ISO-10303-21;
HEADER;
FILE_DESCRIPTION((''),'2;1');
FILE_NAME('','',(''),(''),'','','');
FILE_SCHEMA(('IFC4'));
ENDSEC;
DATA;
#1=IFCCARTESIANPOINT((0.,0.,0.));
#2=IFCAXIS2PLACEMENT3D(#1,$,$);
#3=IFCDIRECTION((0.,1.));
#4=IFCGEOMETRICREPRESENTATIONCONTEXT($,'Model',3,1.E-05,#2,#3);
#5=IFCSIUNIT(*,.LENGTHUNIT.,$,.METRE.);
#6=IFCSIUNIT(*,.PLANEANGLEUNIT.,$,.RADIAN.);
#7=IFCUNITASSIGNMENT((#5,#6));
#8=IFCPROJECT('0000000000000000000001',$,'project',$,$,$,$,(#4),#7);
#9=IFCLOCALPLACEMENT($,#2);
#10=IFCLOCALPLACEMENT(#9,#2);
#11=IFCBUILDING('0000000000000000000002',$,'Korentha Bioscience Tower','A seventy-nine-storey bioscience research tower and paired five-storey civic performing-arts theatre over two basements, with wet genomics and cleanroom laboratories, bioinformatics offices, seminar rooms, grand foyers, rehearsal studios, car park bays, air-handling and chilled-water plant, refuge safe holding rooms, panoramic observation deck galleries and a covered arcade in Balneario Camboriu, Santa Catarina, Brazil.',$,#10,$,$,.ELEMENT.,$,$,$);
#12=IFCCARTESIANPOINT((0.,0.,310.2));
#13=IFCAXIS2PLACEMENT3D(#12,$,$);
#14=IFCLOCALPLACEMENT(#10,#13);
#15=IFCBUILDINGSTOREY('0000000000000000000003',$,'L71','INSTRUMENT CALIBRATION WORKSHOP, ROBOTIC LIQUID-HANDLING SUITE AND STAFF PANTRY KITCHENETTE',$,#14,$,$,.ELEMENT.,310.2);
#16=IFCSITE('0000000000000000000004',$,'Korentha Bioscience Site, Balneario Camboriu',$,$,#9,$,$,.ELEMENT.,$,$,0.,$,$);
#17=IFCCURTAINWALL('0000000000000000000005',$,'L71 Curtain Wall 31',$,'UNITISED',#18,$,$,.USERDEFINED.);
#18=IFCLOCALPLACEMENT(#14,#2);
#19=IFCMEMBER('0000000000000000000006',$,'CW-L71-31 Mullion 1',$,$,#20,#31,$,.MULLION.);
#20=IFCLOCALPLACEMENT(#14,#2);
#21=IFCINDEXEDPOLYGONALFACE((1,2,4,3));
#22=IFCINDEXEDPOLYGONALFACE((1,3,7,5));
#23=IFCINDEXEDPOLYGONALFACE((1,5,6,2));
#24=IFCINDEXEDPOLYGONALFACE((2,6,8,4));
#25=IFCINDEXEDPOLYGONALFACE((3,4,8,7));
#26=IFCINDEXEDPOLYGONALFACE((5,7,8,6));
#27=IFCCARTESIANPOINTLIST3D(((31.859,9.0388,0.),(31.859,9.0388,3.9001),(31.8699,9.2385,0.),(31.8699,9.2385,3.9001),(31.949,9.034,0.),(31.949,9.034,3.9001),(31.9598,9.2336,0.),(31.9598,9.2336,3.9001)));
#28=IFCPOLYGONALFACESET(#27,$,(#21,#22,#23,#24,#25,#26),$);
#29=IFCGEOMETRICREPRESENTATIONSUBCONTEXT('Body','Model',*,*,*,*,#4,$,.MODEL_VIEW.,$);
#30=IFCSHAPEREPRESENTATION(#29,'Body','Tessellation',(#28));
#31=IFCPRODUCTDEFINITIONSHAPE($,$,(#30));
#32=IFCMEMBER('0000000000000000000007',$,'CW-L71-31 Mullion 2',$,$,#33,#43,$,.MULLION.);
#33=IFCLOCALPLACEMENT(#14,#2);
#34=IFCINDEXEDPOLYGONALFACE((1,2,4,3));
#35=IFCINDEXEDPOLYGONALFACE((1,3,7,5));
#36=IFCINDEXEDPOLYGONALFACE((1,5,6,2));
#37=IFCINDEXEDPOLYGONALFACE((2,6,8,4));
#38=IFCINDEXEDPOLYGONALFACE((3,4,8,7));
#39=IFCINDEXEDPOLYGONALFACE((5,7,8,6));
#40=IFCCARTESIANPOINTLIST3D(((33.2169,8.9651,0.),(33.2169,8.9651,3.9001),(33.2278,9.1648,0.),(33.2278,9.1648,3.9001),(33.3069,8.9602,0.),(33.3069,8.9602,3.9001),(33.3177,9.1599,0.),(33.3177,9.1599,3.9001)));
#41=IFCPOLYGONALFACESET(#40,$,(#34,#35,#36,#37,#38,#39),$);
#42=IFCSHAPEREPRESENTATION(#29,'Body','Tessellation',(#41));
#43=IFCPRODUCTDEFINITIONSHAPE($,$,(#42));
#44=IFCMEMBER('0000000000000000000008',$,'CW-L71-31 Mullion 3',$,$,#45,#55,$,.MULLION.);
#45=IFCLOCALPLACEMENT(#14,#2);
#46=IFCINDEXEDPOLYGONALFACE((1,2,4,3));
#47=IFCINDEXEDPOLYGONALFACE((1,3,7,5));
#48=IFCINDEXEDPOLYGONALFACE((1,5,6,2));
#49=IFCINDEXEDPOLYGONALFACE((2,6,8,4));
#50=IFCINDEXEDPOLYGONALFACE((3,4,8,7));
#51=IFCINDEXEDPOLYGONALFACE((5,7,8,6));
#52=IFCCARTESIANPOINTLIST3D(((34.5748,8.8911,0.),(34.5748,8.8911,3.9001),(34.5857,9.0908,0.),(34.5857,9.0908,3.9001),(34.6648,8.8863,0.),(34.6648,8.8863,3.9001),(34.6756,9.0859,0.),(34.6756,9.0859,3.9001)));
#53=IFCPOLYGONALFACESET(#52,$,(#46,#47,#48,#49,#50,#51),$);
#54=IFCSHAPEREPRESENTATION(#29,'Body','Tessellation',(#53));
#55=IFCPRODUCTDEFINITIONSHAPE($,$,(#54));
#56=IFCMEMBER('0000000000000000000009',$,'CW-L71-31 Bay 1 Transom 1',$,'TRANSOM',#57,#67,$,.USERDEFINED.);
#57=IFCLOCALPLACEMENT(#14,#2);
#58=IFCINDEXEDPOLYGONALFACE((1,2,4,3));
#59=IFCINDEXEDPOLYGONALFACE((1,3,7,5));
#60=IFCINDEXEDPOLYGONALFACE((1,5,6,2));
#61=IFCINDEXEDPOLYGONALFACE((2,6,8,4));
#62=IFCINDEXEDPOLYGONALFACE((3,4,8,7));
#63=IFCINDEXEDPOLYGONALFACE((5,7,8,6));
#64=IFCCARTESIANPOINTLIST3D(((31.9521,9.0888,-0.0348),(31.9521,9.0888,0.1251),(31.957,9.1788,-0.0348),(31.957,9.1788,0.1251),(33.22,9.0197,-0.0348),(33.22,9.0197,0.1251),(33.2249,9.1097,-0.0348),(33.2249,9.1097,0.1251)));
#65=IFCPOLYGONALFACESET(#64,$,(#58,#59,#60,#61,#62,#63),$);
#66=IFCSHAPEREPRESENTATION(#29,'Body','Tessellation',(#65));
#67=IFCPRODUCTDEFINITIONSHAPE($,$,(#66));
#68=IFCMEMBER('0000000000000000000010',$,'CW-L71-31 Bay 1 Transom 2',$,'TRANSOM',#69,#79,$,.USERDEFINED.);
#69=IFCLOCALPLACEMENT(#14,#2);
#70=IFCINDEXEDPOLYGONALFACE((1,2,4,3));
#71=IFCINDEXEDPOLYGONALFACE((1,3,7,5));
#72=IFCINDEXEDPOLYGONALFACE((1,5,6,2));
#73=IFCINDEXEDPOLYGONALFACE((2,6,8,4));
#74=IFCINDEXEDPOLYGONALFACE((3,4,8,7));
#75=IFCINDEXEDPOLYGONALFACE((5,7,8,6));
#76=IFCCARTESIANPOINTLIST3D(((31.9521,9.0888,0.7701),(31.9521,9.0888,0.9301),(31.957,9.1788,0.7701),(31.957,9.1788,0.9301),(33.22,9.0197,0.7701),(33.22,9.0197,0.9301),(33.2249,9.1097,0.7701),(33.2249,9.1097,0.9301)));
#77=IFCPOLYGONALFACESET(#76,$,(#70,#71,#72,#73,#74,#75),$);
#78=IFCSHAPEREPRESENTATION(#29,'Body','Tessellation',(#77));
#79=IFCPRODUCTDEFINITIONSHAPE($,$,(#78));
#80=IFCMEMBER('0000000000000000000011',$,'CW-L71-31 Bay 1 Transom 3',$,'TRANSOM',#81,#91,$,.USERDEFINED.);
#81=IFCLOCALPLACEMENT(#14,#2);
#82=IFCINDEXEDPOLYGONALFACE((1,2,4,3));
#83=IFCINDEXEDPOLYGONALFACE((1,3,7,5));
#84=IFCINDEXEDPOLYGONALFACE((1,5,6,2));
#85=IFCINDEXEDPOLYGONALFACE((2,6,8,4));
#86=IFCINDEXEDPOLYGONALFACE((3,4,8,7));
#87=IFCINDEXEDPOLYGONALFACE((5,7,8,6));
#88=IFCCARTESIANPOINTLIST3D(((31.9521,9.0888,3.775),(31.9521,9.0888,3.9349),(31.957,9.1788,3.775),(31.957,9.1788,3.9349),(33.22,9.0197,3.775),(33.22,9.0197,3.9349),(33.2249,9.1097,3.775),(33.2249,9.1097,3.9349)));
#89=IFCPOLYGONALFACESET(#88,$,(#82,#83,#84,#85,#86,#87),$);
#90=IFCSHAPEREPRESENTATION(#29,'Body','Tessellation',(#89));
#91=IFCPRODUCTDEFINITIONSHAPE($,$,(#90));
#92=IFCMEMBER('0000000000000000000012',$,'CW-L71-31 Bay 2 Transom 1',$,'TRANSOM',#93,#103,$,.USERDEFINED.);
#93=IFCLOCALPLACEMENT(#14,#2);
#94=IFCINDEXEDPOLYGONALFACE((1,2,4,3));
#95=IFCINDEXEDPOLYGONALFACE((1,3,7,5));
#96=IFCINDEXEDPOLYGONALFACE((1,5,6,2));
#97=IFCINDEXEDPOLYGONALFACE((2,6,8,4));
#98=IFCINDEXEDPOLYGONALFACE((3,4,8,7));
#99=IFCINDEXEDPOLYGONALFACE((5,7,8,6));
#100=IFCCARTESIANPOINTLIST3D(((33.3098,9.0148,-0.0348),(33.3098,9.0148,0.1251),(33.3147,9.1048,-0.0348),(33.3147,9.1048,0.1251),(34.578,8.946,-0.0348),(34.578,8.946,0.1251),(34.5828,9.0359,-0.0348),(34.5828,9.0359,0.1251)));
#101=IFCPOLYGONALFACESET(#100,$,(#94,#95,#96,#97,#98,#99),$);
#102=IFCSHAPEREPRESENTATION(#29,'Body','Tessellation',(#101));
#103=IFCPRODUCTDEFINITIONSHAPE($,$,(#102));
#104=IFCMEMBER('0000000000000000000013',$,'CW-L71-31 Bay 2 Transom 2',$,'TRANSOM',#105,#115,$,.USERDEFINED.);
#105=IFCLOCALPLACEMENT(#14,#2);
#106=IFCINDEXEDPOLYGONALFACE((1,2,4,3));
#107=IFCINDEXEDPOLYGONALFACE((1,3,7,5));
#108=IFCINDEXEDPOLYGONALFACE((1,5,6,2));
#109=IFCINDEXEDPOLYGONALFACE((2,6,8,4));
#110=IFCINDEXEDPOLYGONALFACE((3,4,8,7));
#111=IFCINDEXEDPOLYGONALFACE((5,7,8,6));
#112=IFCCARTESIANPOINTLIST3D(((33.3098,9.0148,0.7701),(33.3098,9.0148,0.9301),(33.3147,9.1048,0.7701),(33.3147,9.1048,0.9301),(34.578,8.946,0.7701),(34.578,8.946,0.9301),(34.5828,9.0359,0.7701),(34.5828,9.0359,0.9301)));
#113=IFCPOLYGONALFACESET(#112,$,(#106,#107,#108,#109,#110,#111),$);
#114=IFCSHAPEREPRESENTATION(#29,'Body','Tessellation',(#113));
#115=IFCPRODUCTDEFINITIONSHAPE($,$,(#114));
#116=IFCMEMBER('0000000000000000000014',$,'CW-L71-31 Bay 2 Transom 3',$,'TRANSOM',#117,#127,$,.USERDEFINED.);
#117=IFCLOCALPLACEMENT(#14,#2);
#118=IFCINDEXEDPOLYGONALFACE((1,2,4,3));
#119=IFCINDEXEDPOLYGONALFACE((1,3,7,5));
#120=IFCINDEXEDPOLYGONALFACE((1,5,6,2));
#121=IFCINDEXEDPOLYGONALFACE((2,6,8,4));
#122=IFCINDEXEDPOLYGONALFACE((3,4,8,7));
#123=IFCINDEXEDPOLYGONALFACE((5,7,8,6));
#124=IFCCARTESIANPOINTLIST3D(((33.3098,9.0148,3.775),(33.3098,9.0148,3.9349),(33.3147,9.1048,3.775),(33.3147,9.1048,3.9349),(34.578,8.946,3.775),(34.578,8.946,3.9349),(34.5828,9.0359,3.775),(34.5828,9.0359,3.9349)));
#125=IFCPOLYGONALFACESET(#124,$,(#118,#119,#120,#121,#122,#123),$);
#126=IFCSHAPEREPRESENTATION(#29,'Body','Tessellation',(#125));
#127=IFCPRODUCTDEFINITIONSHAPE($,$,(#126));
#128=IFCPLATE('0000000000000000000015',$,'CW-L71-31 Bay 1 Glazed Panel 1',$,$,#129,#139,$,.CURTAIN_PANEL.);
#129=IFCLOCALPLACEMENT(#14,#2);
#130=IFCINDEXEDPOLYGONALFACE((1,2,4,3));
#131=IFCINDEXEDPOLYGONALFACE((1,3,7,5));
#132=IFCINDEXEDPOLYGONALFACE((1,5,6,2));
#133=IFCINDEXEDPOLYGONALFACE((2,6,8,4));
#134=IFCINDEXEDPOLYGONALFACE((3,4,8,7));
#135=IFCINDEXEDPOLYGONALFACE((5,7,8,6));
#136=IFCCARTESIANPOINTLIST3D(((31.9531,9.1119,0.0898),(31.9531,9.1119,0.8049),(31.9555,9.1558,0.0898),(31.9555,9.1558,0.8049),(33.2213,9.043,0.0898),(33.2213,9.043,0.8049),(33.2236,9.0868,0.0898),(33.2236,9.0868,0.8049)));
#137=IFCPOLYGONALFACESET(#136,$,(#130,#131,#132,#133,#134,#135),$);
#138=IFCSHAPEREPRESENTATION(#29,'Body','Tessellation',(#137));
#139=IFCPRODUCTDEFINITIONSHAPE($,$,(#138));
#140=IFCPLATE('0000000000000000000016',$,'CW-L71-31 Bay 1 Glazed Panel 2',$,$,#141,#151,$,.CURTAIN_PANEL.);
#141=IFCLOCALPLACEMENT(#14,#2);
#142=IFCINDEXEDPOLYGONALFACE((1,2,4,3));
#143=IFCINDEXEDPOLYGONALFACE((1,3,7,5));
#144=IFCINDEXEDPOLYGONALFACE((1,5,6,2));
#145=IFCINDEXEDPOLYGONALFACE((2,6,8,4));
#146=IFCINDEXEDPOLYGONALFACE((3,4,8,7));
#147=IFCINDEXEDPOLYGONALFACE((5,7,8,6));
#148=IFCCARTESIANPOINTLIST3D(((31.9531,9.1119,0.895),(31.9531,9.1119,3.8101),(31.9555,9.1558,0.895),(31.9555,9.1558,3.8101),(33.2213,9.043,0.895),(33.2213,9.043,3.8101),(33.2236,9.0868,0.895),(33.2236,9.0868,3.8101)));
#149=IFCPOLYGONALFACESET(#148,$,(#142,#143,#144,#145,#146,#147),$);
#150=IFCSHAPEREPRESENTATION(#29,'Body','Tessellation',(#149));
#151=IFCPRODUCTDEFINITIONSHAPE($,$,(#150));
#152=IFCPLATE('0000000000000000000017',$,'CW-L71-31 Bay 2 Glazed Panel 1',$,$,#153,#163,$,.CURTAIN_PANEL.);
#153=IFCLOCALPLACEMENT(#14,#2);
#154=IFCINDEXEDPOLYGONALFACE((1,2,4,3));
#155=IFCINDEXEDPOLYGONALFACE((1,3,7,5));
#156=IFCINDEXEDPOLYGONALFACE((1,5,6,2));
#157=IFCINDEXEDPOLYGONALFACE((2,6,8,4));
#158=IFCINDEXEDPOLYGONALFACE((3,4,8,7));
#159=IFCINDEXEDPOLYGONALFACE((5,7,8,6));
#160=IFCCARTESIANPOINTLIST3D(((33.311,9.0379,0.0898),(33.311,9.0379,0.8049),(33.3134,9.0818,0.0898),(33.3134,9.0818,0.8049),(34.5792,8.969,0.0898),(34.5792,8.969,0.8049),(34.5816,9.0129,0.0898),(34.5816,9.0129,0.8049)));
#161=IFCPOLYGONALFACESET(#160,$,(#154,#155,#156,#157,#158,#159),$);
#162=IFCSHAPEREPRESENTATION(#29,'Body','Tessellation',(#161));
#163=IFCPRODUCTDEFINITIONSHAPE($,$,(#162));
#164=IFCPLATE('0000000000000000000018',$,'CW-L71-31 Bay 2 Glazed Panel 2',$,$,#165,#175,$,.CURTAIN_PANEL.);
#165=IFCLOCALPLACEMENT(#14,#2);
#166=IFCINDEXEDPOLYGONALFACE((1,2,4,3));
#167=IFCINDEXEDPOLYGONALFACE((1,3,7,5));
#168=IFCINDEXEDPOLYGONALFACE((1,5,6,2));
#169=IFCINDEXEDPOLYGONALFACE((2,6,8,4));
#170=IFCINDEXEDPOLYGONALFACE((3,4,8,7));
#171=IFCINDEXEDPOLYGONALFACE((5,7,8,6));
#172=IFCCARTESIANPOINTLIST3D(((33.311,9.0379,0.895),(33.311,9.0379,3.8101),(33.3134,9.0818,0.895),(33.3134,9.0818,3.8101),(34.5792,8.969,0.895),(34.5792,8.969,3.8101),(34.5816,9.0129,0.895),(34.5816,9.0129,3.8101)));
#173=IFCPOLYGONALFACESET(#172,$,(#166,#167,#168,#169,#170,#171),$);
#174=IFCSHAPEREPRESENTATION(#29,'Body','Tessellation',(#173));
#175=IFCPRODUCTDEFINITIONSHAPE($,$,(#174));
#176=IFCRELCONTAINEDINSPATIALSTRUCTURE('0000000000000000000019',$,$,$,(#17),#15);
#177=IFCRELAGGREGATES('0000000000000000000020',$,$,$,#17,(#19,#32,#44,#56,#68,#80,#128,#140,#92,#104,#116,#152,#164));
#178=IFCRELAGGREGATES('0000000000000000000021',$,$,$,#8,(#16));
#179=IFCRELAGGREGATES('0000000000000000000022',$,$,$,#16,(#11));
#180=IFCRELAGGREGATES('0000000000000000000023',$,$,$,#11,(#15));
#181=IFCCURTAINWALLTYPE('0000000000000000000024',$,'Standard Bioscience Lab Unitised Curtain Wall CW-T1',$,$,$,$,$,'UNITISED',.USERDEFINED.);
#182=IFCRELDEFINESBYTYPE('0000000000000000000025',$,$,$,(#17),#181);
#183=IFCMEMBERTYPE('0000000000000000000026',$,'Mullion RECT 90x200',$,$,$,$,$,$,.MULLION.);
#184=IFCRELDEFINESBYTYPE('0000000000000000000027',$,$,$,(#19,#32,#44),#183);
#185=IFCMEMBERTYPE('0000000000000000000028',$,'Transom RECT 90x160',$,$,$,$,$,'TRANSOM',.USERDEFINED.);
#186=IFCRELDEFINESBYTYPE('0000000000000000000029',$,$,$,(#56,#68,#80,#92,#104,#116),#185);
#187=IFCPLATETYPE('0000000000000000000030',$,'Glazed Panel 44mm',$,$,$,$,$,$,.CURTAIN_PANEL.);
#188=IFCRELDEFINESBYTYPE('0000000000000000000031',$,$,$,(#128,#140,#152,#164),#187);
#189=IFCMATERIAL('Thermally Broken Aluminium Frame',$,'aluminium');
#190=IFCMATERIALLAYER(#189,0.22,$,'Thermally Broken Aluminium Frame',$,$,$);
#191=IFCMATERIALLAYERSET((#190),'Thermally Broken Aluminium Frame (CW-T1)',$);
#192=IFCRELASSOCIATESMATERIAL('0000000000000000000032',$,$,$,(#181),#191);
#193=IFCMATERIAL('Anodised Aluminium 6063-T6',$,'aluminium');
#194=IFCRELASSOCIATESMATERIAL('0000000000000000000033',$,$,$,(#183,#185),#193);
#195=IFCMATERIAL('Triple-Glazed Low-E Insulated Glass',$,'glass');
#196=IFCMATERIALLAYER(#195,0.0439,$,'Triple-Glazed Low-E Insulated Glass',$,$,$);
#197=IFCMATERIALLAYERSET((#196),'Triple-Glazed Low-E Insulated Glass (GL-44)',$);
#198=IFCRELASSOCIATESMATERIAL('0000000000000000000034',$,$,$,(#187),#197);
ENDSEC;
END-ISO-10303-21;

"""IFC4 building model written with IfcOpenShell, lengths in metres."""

from ifc_helpers import new_model, si_unit, direction, frame, origin, origin_2d, place, context, subcontext, project, spatial, rectangle, extrude, material, layer, layer_set, material_profile, profile_set, type_object, element, aggregate, save


model = new_model("IFC4")

# Units and contexts
model_context = context("Model", 3, precision=1e-05, world=origin(), true_north=direction((0.0, 1.0)))
body_context = subcontext(model_context, "Body", "Model", "MODEL_VIEW")
ifc_project = project(units=[si_unit("LENGTHUNIT", "METRE"), si_unit("PLANEANGLEUNIT", "RADIAN")], contexts=[model_context])

# Site, building, storey
site_placement = place(None, origin())
site = spatial("IfcSite", under=ifc_project, at=site_placement, Name="Korentha Bioscience Site, Balneario Camboriu", CompositionType="ELEMENT", RefElevation=0.0)
building_placement = place(site_placement, origin())
building = spatial("IfcBuilding", under=site, at=building_placement, Name="Korentha Bioscience Tower", Description="A seventy-nine-storey bioscience research tower and paired five-storey civic performing-arts theatre over two basements, with wet genomics and cleanroom laboratories, bioinformatics offices, seminar rooms, grand foyers, rehearsal studios, car park bays, air-handling and chilled-water plant, refuge safe holding rooms, panoramic observation deck galleries and a covered arcade in Balneario Camboriu, Santa Catarina, Brazil.", CompositionType="ELEMENT")
storey_placement = place(building_placement, frame((0.0, 0.0, 310.2)))
storey = spatial("IfcBuildingStorey", under=building, at=storey_placement, Name="L71", Description="INSTRUMENT CALIBRATION WORKSHOP, ROBOTIC LIQUID-HANDLING SUITE AND STAFF PANTRY KITCHENETTE", CompositionType="ELEMENT", Elevation=310.2)

# Curtain wall, members, plates
ifc_material_1 = material(Name="Thermally Broken Aluminium Frame", Category="aluminium")
ifc_layer_1 = layer(ifc_material_1, 0.22, Name="Thermally Broken Aluminium Frame")
ifc_layer_set_1 = layer_set([ifc_layer_1], Name="Thermally Broken Aluminium Frame (CW-T1)")
curtain_wall_type = type_object("IfcCurtainWallType", Name="Standard Bioscience Lab Unitised Curtain Wall CW-T1", ElementType="UNITISED", PredefinedType="USERDEFINED", material=ifc_layer_set_1)
curtain_wall_placement = place(storey_placement, origin())
curtain_wall = element("IfcCurtainWall", 1, at=curtain_wall_placement, inside=storey, type_object=curtain_wall_type, Name="L71 Curtain Wall 31", ObjectType="UNITISED", PredefinedType="USERDEFINED")
ifc_material_2 = material(Name="Anodised Aluminium 6063-T6", Category="aluminium")
ifc_material_profile_1 = material_profile(ifc_material_2, rectangle(XDim=0.0901, YDim=0.2, at=origin_2d()), Name="Anodised Aluminium 6063-T6")
ifc_profile_set_1 = profile_set([ifc_material_profile_1], Name="Anodised Aluminium 6063-T6 (CW-MUL)")
member_type_1 = type_object("IfcMemberType", Name="Mullion RECT 90x200", PredefinedType="MULLION", material=ifc_profile_set_1)
member_1_placement = place(storey_placement, frame((31.9094, 9.1362, 0.0), z_axis=(0.0, 0.0, 1.0), x_axis=(0.998526, -0.054275, 0.0)))
member_1 = element("IfcMember", 2, at=member_1_placement, type_object=member_type_1, Name="CW-L71-31 Mullion 1", PredefinedType="MULLION", context=body_context, shape_type="SweptSolid", body=[
    extrude(rectangle(XDim=0.0901, YDim=0.2, at=origin_2d()), origin(), (0.0, 0.0, 1.0), 3.9001),
])
member_2_placement = place(storey_placement, frame((33.2673, 9.0625, 0.0), z_axis=(0.0, 0.0, 1.0), x_axis=(0.998526, -0.054275, 0.0)))
member_2 = element("IfcMember", 3, at=member_2_placement, type_object=member_type_1, Name="CW-L71-31 Mullion 2", PredefinedType="MULLION", context=body_context, shape_type="SweptSolid", body=[
    extrude(rectangle(XDim=0.0901, YDim=0.2, at=origin_2d()), origin(), (0.0, 0.0, 1.0), 3.9001),
])
member_3_placement = place(storey_placement, frame((34.6252, 8.9885, 0.0), z_axis=(0.0, 0.0, 1.0), x_axis=(0.998526, -0.054275, 0.0)))
member_3 = element("IfcMember", 4, at=member_3_placement, type_object=member_type_1, Name="CW-L71-31 Mullion 3", PredefinedType="MULLION", context=body_context, shape_type="SweptSolid", body=[
    extrude(rectangle(XDim=0.0901, YDim=0.2, at=origin_2d()), origin(), (0.0, 0.0, 1.0), 3.9001),
])
ifc_material_profile_2 = material_profile(ifc_material_2, rectangle(XDim=0.0901, YDim=0.1599, at=origin_2d()), Name="Anodised Aluminium 6063-T6")
ifc_profile_set_2 = profile_set([ifc_material_profile_2], Name="Anodised Aluminium 6063-T6 (CW-TRN)")
member_type_2 = type_object("IfcMemberType", Name="Transom RECT 90x160", ElementType="TRANSOM", PredefinedType="USERDEFINED", material=ifc_profile_set_2)
member_4_placement = place(storey_placement, frame((31.9546, 9.1338, 0.0452), z_axis=(0.998518, -0.054416, 0.0), x_axis=(0.054416, 0.998518, 0.0)))
member_4 = element("IfcMember", 5, at=member_4_placement, type_object=member_type_2, Name="CW-L71-31 Bay 1 Transom 1", ObjectType="TRANSOM", PredefinedType="USERDEFINED", context=body_context, shape_type="SweptSolid", body=[
    extrude(rectangle(XDim=0.0901, YDim=0.1599, at=origin_2d()), origin(), (0.0, 0.0, 1.0), 1.2698),
])
member_5_placement = place(storey_placement, frame((31.9546, 9.1338, 0.8501), z_axis=(0.998518, -0.054416, 0.0), x_axis=(0.054416, 0.998518, 0.0)))
member_5 = element("IfcMember", 6, at=member_5_placement, type_object=member_type_2, Name="CW-L71-31 Bay 1 Transom 2", ObjectType="TRANSOM", PredefinedType="USERDEFINED", context=body_context, shape_type="SweptSolid", body=[
    extrude(rectangle(XDim=0.0901, YDim=0.1599, at=origin_2d()), origin(), (0.0, 0.0, 1.0), 1.2698),
])
member_6_placement = place(storey_placement, frame((31.9546, 9.1338, 3.855), z_axis=(0.998518, -0.054416, 0.0), x_axis=(0.054416, 0.998518, 0.0)))
member_6 = element("IfcMember", 7, at=member_6_placement, type_object=member_type_2, Name="CW-L71-31 Bay 1 Transom 3", ObjectType="TRANSOM", PredefinedType="USERDEFINED", context=body_context, shape_type="SweptSolid", body=[
    extrude(rectangle(XDim=0.0901, YDim=0.1599, at=origin_2d()), origin(), (0.0, 0.0, 1.0), 1.2698),
])
member_7_placement = place(storey_placement, frame((33.3123, 9.0598, 0.0452), z_axis=(0.998529, -0.054214, 0.0), x_axis=(0.054214, 0.998529, 0.0)))
member_7 = element("IfcMember", 8, at=member_7_placement, type_object=member_type_2, Name="CW-L71-31 Bay 2 Transom 1", ObjectType="TRANSOM", PredefinedType="USERDEFINED", context=body_context, shape_type="SweptSolid", body=[
    extrude(rectangle(XDim=0.0901, YDim=0.1599, at=origin_2d()), origin(), (0.0, 0.0, 1.0), 1.27),
])
member_8_placement = place(storey_placement, frame((33.3123, 9.0598, 0.8501), z_axis=(0.998529, -0.054214, 0.0), x_axis=(0.054214, 0.998529, 0.0)))
member_8 = element("IfcMember", 9, at=member_8_placement, type_object=member_type_2, Name="CW-L71-31 Bay 2 Transom 2", ObjectType="TRANSOM", PredefinedType="USERDEFINED", context=body_context, shape_type="SweptSolid", body=[
    extrude(rectangle(XDim=0.0901, YDim=0.1599, at=origin_2d()), origin(), (0.0, 0.0, 1.0), 1.27),
])
member_9_placement = place(storey_placement, frame((33.3123, 9.0598, 3.855), z_axis=(0.998529, -0.054214, 0.0), x_axis=(0.054214, 0.998529, 0.0)))
member_9 = element("IfcMember", 10, at=member_9_placement, type_object=member_type_2, Name="CW-L71-31 Bay 2 Transom 3", ObjectType="TRANSOM", PredefinedType="USERDEFINED", context=body_context, shape_type="SweptSolid", body=[
    extrude(rectangle(XDim=0.0901, YDim=0.1599, at=origin_2d()), origin(), (0.0, 0.0, 1.0), 1.27),
])
ifc_material_3 = material(Name="Triple-Glazed Low-E Insulated Glass", Category="glass")
ifc_layer_2 = layer(ifc_material_3, 0.0439, Name="Triple-Glazed Low-E Insulated Glass")
ifc_layer_set_2 = layer_set([ifc_layer_2], Name="Triple-Glazed Low-E Insulated Glass (GL-44)")
plate_type = type_object("IfcPlateType", Name="Glazed Panel 44mm", PredefinedType="CURTAIN_PANEL", material=ifc_layer_set_2)
plate_1_placement = place(storey_placement, frame((32.5884, 9.0994, 0.0898), z_axis=(0.0, 0.0, 1.0), x_axis=(0.998526, -0.054275, 0.0)))
plate_1 = element("IfcPlate", 11, at=plate_1_placement, type_object=plate_type, Name="CW-L71-31 Bay 1 Glazed Panel 1", PredefinedType="CURTAIN_PANEL", context=body_context, shape_type="SweptSolid", body=[
    extrude(rectangle(XDim=1.27, YDim=0.0439, at=origin_2d()), origin(), (0.0, 0.0, 1.0), 0.7151),
])
plate_2_placement = place(storey_placement, frame((32.5884, 9.0994, 0.895), z_axis=(0.0, 0.0, 1.0), x_axis=(0.998526, -0.054275, 0.0)))
plate_2 = element("IfcPlate", 12, at=plate_2_placement, type_object=plate_type, Name="CW-L71-31 Bay 1 Glazed Panel 2", PredefinedType="CURTAIN_PANEL", context=body_context, shape_type="SweptSolid", body=[
    extrude(rectangle(XDim=1.27, YDim=0.0439, at=origin_2d()), origin(), (0.0, 0.0, 1.0), 2.915),
])
plate_3_placement = place(storey_placement, frame((33.9463, 9.0254, 0.0898), z_axis=(0.0, 0.0, 1.0), x_axis=(0.998526, -0.054275, 0.0)))
plate_3 = element("IfcPlate", 13, at=plate_3_placement, type_object=plate_type, Name="CW-L71-31 Bay 2 Glazed Panel 1", PredefinedType="CURTAIN_PANEL", context=body_context, shape_type="SweptSolid", body=[
    extrude(rectangle(XDim=1.27, YDim=0.0439, at=origin_2d()), origin(), (0.0, 0.0, 1.0), 0.7151),
])
plate_4_placement = place(storey_placement, frame((33.9463, 9.0254, 0.895), z_axis=(0.0, 0.0, 1.0), x_axis=(0.998526, -0.054275, 0.0)))
plate_4 = element("IfcPlate", 14, at=plate_4_placement, type_object=plate_type, Name="CW-L71-31 Bay 2 Glazed Panel 2", PredefinedType="CURTAIN_PANEL", context=body_context, shape_type="SweptSolid", body=[
    extrude(rectangle(XDim=1.27, YDim=0.0439, at=origin_2d()), origin(), (0.0, 0.0, 1.0), 2.915),
])
aggregate(curtain_wall, [member_1, member_2, member_3, member_4, member_5, member_6, plate_1, plate_2, member_7, member_8, member_9, plate_3, plate_4])

save(model, "model.ifc")
